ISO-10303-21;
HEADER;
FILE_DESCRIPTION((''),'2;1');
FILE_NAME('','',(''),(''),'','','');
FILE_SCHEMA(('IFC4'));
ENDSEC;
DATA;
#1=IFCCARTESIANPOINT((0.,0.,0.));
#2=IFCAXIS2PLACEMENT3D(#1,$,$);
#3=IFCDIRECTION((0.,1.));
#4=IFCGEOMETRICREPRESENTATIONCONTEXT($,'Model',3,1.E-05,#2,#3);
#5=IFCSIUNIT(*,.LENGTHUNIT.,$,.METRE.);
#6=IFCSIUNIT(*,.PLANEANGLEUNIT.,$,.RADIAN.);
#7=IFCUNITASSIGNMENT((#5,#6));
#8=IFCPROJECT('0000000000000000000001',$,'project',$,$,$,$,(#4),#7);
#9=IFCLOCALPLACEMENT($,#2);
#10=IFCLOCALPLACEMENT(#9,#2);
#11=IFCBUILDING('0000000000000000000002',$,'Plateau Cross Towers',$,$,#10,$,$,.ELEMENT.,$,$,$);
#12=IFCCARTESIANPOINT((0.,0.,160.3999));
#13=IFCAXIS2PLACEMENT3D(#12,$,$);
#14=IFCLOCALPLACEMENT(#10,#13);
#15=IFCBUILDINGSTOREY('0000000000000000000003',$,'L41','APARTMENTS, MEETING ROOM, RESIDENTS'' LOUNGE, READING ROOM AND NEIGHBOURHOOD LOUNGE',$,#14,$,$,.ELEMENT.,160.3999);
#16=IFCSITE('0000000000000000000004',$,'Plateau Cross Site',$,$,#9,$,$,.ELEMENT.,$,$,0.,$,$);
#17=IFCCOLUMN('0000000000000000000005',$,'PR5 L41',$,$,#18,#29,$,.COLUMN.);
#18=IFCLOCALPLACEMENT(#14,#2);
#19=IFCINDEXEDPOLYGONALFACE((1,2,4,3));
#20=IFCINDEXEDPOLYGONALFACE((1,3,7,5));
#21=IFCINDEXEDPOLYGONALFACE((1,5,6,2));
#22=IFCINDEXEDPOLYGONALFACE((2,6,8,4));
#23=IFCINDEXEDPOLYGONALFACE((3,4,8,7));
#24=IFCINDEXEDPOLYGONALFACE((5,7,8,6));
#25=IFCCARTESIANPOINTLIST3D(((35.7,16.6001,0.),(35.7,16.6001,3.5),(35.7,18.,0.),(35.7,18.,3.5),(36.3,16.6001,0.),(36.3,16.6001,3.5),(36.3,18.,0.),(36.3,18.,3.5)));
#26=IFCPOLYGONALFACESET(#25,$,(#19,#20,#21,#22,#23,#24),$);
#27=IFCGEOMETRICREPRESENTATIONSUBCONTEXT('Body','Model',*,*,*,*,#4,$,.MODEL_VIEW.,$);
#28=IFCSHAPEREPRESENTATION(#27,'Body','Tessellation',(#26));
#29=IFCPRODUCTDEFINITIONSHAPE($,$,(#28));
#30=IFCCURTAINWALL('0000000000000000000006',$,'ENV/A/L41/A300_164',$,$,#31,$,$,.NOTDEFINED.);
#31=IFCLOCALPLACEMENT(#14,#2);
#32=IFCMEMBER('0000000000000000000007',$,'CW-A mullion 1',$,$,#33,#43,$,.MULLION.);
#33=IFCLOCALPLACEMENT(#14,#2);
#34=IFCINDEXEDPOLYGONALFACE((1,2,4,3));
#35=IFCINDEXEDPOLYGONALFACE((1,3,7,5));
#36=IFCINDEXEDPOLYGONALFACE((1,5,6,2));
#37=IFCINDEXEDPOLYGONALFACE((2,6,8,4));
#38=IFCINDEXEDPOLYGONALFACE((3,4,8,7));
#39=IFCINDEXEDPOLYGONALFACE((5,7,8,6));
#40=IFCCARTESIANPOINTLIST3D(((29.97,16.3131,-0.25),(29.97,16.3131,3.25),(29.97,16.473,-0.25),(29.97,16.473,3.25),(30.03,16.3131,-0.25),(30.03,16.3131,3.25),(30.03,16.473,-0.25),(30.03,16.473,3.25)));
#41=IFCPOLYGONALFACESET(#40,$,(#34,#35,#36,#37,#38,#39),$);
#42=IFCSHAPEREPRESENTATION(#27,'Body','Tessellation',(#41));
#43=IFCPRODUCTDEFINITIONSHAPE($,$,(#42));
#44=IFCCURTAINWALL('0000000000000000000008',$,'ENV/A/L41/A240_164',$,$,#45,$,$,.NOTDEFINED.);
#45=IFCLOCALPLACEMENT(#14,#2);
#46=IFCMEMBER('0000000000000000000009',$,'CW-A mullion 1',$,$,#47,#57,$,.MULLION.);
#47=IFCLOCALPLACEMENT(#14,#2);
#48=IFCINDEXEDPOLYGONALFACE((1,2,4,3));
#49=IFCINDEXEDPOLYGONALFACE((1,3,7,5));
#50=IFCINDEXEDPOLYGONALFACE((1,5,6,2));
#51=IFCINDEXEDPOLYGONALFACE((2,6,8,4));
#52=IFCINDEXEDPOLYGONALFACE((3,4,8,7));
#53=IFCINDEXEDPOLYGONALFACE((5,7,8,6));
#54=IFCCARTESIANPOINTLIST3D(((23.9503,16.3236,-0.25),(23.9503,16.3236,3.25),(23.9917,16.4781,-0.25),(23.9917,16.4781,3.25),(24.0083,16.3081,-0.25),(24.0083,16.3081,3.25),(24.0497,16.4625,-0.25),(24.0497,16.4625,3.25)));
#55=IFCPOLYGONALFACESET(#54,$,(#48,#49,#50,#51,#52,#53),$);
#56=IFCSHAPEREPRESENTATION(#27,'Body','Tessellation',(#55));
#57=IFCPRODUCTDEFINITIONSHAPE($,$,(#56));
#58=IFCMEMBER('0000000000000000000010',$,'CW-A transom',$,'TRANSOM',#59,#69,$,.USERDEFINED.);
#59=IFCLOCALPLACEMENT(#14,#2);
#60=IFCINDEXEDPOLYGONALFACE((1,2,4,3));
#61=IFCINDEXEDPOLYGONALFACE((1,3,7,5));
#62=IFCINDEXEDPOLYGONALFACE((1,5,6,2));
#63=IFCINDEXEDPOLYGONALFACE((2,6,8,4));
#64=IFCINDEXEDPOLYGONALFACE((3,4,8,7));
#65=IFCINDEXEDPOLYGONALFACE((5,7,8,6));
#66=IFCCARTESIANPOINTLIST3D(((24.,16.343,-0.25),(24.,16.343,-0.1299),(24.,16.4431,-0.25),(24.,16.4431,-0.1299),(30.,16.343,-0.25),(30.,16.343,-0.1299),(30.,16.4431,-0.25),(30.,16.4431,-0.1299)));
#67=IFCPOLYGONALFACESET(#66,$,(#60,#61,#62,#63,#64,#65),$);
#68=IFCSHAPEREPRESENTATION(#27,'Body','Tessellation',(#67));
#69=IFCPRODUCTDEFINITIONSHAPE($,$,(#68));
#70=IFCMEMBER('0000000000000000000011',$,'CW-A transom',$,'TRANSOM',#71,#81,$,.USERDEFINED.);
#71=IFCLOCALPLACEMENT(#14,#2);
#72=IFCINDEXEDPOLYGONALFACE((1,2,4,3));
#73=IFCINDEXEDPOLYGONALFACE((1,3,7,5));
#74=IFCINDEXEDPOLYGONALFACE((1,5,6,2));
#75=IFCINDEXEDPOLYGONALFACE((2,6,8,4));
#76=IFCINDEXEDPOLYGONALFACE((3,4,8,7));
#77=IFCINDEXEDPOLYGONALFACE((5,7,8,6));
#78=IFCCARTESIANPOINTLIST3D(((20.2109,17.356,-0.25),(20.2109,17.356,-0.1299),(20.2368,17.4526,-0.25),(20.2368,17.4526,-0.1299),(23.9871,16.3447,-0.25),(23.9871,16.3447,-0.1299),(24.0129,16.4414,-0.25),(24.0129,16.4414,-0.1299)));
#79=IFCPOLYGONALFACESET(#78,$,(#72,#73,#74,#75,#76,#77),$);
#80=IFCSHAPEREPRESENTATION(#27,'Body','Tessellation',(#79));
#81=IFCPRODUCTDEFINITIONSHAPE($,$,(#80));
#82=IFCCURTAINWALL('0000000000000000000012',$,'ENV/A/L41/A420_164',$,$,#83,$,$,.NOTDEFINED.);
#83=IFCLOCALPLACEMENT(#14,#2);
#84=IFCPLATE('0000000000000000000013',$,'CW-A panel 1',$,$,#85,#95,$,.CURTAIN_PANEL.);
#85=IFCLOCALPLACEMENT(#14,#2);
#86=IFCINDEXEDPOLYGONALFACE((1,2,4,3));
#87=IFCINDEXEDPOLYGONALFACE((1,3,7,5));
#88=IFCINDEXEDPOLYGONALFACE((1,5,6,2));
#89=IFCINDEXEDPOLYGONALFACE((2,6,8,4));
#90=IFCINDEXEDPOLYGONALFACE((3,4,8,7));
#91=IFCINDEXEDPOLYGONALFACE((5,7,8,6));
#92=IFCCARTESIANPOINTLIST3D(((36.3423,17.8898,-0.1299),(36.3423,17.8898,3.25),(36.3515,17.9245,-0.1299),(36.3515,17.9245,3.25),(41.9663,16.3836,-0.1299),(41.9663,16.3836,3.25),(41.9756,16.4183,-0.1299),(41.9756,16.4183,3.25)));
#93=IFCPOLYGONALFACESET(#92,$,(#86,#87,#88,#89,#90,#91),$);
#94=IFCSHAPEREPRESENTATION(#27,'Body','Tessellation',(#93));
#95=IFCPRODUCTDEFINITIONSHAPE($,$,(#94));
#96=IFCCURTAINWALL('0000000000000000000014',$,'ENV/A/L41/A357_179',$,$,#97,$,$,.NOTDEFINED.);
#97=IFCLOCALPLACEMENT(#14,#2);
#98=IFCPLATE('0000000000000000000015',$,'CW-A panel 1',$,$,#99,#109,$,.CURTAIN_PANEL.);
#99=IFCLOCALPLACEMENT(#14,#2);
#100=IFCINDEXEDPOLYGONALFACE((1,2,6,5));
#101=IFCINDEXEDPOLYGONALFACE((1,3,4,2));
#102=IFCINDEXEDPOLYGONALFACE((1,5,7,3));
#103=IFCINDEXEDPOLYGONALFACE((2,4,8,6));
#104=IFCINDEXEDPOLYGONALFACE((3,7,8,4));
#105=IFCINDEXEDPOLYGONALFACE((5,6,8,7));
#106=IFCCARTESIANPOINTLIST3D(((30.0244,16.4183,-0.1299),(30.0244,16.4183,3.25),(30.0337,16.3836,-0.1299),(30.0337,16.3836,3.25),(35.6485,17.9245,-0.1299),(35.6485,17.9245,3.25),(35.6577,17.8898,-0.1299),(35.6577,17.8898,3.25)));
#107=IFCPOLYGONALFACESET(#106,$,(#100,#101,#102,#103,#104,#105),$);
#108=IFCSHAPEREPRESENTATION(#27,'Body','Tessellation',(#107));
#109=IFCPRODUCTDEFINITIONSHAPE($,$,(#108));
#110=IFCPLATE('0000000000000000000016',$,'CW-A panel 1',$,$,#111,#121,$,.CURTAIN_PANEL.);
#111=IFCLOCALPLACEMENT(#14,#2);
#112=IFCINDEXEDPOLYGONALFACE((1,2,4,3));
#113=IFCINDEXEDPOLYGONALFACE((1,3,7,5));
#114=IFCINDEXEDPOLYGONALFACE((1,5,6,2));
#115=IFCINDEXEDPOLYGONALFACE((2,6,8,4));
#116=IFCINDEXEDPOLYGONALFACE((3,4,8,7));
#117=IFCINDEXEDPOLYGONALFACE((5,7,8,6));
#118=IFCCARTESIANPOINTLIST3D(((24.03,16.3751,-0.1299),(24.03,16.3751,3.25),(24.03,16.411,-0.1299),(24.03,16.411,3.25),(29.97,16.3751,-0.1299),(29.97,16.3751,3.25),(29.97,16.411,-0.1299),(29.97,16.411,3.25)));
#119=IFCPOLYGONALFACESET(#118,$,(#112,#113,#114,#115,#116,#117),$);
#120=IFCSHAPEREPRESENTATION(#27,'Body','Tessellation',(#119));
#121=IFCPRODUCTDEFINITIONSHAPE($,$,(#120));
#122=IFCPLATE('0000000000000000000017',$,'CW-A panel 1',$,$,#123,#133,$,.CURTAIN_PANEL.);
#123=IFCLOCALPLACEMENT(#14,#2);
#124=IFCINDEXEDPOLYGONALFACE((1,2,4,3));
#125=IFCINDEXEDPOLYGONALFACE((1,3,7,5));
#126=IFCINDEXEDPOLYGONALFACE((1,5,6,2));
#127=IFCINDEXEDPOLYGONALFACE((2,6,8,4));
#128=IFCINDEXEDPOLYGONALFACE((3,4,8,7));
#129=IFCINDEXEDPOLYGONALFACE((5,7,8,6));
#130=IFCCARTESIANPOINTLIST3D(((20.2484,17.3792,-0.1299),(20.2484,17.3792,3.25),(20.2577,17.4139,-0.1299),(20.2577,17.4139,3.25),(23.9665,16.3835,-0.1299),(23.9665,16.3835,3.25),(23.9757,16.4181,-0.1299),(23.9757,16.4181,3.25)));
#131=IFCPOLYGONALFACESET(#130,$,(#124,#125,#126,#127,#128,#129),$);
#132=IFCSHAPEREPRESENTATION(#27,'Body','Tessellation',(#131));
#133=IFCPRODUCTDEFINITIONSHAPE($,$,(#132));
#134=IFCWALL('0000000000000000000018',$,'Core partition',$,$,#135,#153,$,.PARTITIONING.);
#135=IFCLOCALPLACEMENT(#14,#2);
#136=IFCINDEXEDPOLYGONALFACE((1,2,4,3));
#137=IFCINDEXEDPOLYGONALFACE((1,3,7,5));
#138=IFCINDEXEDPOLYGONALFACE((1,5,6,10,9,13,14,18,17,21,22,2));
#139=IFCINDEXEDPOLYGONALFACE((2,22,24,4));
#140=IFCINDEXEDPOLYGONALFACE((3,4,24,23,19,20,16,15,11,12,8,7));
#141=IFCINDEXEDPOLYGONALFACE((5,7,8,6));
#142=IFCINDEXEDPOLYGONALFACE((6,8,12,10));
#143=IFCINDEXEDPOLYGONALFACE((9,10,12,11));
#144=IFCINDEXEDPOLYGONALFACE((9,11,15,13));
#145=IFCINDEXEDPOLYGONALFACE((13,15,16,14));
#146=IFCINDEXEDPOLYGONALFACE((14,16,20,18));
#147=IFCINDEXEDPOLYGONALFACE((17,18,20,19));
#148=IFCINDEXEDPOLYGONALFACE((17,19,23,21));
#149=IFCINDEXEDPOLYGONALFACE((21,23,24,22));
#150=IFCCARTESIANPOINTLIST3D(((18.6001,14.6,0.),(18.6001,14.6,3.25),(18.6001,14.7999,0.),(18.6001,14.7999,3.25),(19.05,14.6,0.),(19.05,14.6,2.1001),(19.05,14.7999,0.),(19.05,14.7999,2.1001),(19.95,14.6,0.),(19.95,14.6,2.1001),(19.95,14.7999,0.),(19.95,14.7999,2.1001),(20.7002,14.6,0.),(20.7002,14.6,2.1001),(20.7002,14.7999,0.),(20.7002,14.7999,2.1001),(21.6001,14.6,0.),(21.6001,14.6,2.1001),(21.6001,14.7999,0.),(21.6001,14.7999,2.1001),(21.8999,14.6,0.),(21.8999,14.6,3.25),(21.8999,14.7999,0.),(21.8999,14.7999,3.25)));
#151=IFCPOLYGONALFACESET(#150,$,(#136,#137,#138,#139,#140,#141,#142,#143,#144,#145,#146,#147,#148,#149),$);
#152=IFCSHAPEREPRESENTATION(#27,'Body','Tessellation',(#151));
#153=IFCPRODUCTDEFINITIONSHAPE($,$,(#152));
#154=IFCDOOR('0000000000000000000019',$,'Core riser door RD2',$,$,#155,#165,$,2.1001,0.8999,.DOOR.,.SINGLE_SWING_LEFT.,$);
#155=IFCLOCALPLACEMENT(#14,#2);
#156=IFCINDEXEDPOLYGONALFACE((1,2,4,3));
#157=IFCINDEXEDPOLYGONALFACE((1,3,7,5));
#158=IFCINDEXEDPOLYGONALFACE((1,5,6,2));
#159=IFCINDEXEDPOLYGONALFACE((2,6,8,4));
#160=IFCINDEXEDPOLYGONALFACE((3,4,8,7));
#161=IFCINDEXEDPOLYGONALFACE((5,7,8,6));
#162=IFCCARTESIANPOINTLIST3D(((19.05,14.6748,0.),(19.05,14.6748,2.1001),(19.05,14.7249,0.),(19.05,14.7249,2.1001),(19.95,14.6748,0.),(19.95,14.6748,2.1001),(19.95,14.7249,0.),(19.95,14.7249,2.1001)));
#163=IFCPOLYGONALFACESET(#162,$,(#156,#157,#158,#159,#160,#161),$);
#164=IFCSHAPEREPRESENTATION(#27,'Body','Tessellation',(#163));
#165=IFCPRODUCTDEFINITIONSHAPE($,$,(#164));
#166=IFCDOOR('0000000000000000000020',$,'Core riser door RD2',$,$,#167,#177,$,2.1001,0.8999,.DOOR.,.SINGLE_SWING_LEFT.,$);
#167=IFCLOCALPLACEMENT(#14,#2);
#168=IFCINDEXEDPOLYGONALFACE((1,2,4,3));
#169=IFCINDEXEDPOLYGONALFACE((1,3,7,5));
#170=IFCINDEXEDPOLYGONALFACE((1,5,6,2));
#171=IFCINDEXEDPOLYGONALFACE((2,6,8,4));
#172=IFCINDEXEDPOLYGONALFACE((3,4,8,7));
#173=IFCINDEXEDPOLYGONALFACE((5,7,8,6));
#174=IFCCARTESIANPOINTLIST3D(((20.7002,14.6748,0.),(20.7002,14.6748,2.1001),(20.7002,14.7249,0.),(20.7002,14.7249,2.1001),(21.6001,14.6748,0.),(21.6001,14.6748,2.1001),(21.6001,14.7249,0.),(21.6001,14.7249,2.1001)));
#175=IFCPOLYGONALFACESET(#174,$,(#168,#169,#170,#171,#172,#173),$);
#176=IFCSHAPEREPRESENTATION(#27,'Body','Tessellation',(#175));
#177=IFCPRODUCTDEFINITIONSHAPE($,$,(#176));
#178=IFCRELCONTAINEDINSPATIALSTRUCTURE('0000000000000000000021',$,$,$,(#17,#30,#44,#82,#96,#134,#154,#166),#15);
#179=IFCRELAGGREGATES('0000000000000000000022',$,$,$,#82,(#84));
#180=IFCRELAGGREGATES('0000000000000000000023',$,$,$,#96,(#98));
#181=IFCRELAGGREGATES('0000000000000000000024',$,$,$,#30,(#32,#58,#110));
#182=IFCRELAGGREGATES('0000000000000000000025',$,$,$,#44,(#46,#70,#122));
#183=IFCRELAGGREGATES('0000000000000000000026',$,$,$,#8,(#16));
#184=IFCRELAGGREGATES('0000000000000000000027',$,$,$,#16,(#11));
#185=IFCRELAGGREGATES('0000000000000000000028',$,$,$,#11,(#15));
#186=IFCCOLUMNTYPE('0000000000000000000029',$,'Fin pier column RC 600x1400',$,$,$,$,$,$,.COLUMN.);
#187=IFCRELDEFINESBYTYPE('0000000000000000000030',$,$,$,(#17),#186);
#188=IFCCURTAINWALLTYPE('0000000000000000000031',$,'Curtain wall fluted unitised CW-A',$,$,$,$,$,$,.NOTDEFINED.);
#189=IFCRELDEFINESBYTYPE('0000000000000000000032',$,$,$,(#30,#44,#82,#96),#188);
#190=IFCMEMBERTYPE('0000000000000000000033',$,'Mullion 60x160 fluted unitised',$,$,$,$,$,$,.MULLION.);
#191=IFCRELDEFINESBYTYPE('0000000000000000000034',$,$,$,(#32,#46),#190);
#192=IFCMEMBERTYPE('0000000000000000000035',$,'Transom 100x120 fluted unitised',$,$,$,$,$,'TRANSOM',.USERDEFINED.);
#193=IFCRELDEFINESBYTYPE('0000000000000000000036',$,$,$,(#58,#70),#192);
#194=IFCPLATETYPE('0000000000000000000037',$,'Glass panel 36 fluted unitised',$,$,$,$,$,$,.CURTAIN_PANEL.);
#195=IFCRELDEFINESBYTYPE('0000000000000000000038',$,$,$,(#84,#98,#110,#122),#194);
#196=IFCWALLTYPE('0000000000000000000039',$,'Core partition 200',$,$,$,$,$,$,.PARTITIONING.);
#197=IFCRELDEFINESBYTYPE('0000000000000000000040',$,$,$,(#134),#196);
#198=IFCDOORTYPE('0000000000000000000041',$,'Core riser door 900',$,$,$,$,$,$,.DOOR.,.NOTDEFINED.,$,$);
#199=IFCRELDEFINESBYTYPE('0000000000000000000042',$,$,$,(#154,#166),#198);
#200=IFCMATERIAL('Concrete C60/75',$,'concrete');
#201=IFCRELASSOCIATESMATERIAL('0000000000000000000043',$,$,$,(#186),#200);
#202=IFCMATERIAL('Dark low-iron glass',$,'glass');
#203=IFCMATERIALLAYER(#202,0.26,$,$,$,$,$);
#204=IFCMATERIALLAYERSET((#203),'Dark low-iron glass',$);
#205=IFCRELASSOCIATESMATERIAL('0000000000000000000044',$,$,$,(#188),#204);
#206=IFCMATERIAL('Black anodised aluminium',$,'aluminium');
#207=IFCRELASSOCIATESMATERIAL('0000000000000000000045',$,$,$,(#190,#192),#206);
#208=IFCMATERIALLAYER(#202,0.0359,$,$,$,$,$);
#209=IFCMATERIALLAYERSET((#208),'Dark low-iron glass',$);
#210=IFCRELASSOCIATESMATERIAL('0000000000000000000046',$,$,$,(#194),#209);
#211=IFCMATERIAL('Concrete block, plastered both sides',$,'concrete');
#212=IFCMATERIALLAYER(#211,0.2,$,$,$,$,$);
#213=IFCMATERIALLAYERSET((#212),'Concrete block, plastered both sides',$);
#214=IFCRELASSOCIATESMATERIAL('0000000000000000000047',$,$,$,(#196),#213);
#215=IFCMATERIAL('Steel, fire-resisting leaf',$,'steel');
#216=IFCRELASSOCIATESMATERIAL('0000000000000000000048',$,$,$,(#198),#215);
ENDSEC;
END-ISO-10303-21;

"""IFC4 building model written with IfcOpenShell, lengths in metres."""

from ifc_helpers import new_model, si_unit, direction, frame, frame_2d, origin, origin_2d, place, context, subcontext, project, spatial, rectangle, extrude, material, layer, layer_set, material_profile, profile_set, type_object, element, fill, aggregate, save


model = new_model("IFC4")

# Units and contexts
model_context = context("Model", 3, precision=1e-05, world=origin(), true_north=direction((0.0, 1.0)))
body_context = subcontext(model_context, "Body", "Model", "MODEL_VIEW")
ifc_project = project(units=[si_unit("LENGTHUNIT", "METRE"), si_unit("PLANEANGLEUNIT", "RADIAN")], contexts=[model_context])

# Site, building, storey
site_placement = place(None, origin())
site = spatial("IfcSite", under=ifc_project, at=site_placement, Name="Plateau Cross Site", CompositionType="ELEMENT", RefElevation=0.0)
building_placement = place(site_placement, origin())
building = spatial("IfcBuilding", under=site, at=building_placement, Name="Plateau Cross Towers", CompositionType="ELEMENT")
storey_placement = place(building_placement, frame((0.0, 0.0, 160.3999)))
storey = spatial("IfcBuildingStorey", under=building, at=storey_placement, Name="L41", Description="APARTMENTS, MEETING ROOM, RESIDENTS' LOUNGE, READING ROOM AND NEIGHBOURHOOD LOUNGE", CompositionType="ELEMENT", Elevation=160.3999)

# Column
ifc_material_1 = material(Name="Concrete C60/75", Category="concrete")
ifc_material_profile_1 = material_profile(ifc_material_1, rectangle(XDim=0.6001, YDim=1.3999, at=origin_2d()), Name="RC 600x1400")
ifc_profile_set_1 = profile_set([ifc_material_profile_1], Name="Concrete C60/75")
column_type = type_object("IfcColumnType", Name="Fin pier column RC 600x1400", PredefinedType="COLUMN", material=ifc_profile_set_1)
column_placement = place(storey_placement, frame((36.0, 17.3, 0.0), z_axis=(0.0, 0.0, 1.0), x_axis=(1.0, 0.0, 0.0)))
element("IfcColumn", 1, at=column_placement, inside=storey, type_object=column_type, Name="PR5 L41", PredefinedType="COLUMN", context=body_context, shape_type="SweptSolid", body=[
    extrude(rectangle(XDim=0.6001, YDim=1.3999, at=origin_2d()), origin(), (0.0, 0.0, 1.0), 3.5),
])

# Curtain walls, members
ifc_material_2 = material(Name="Dark low-iron glass", Category="glass")
ifc_layer_1 = layer(ifc_material_2, 0.26)
ifc_layer_set_1 = layer_set([ifc_layer_1], Name="Dark low-iron glass")
curtain_wall_type = type_object("IfcCurtainWallType", Name="Curtain wall fluted unitised CW-A", PredefinedType="NOTDEFINED", material=ifc_layer_set_1)
curtain_wall_1_placement = place(storey_placement, origin())
curtain_wall_1 = element("IfcCurtainWall", 2, at=curtain_wall_1_placement, inside=storey, type_object=curtain_wall_type, Name="ENV/A/L41/A300_164", PredefinedType="NOTDEFINED")
ifc_material_3 = material(Name="Black anodised aluminium", Category="aluminium")
ifc_material_profile_2 = material_profile(ifc_material_3, rectangle(XDim=0.0601, YDim=0.1599, at=origin_2d()), Name="MULLION 60x160")
ifc_profile_set_2 = profile_set([ifc_material_profile_2], Name="Black anodised aluminium")
member_type_1 = type_object("IfcMemberType", Name="Mullion 60x160 fluted unitised", PredefinedType="MULLION", material=ifc_profile_set_2)
member_1_placement = place(storey_placement, frame((30.0, 16.3931, -0.25), z_axis=(0.0, 0.0, 1.0), x_axis=(-1.0, 0.0, 0.0)))
member_1 = element("IfcMember", 3, at=member_1_placement, type_object=member_type_1, Name="CW-A mullion 1", PredefinedType="MULLION", context=body_context, shape_type="SweptSolid", body=[
    extrude(rectangle(XDim=0.0601, YDim=0.1599, at=origin_2d()), origin(), (0.0, 0.0, 1.0), 3.5),
])
curtain_wall_2_placement = place(storey_placement, origin())
curtain_wall_2 = element("IfcCurtainWall", 4, at=curtain_wall_2_placement, inside=storey, type_object=curtain_wall_type, Name="ENV/A/L41/A240_164", PredefinedType="NOTDEFINED")
member_2_placement = place(storey_placement, frame((24.0, 16.3931, -0.25), z_axis=(0.0, 0.0, 1.0), x_axis=(-0.965958, 0.258699, 0.0)))
member_2 = element("IfcMember", 5, at=member_2_placement, type_object=member_type_1, Name="CW-A mullion 1", PredefinedType="MULLION", context=body_context, shape_type="SweptSolid", body=[
    extrude(rectangle(XDim=0.0601, YDim=0.1599, at=origin_2d()), origin(), (0.0, 0.0, 1.0), 3.5),
])

# Members
ifc_material_profile_3 = material_profile(ifc_material_3, rectangle(XDim=0.1001, YDim=0.1201, at=origin_2d()), Name="TRANSOM 100x120")
ifc_profile_set_3 = profile_set([ifc_material_profile_3], Name="Black anodised aluminium")
member_type_2 = type_object("IfcMemberType", Name="Transom 100x120 fluted unitised", ElementType="TRANSOM", PredefinedType="USERDEFINED", material=ifc_profile_set_3)
member_3_placement = place(storey_placement, frame((30.0, 16.3931, -0.1899), z_axis=(-1.0, 0.0, 0.0), x_axis=(0.0, -1.0, 0.0)))
member_3 = element("IfcMember", 6, at=member_3_placement, type_object=member_type_2, Name="CW-A transom", ObjectType="TRANSOM", PredefinedType="USERDEFINED", context=body_context, shape_type="SweptSolid", body=[
    extrude(rectangle(XDim=0.1001, YDim=0.1201, at=origin_2d()), origin(), (0.0, 0.0, 1.0), 6.0),
])
member_4_placement = place(storey_placement, frame((24.0, 16.3931, -0.1899), z_axis=(-0.965963, 0.258681, 0.0), x_axis=(-0.258681, -0.965963, 0.0)))
member_4 = element("IfcMember", 7, at=member_4_placement, type_object=member_type_2, Name="CW-A transom", ObjectType="TRANSOM", PredefinedType="USERDEFINED", context=body_context, shape_type="SweptSolid", body=[
    extrude(rectangle(XDim=0.1001, YDim=0.1201, at=origin_2d()), origin(), (0.0, 0.0, 1.0), 3.9092),
])

# Curtain walls, plates
curtain_wall_3_placement = place(storey_placement, origin())
curtain_wall_3 = element("IfcCurtainWall", 8, at=curtain_wall_3_placement, inside=storey, type_object=curtain_wall_type, Name="ENV/A/L41/A420_164", PredefinedType="NOTDEFINED")
ifc_layer_2 = layer(ifc_material_2, 0.0359)
ifc_layer_set_2 = layer_set([ifc_layer_2], Name="Dark low-iron glass")
plate_type = type_object("IfcPlateType", Name="Glass panel 36 fluted unitised", PredefinedType="CURTAIN_PANEL", material=ifc_layer_set_2)
plate_1_placement = place(storey_placement, frame((39.1589, 17.1541, -0.1299), z_axis=(0.0, 0.0, 1.0), x_axis=(-0.965958, 0.258699, 0.0)))
plate_1 = element("IfcPlate", 9, at=plate_1_placement, type_object=plate_type, Name="CW-A panel 1", PredefinedType="CURTAIN_PANEL", context=body_context, shape_type="SweptSolid", body=[
    extrude(rectangle(XDim=5.8223, YDim=0.0359, at=origin_2d()), origin(), (0.0, 0.0, 1.0), 3.3799),
])
aggregate(curtain_wall_3, [plate_1])
curtain_wall_4_placement = place(storey_placement, origin())
curtain_wall_4 = element("IfcCurtainWall", 10, at=curtain_wall_4_placement, inside=storey, type_object=curtain_wall_type, Name="ENV/A/L41/A357_179", PredefinedType="NOTDEFINED")
plate_2_placement = place(storey_placement, frame((32.8411, 17.1541, -0.1299), z_axis=(0.0, 0.0, 1.0), x_axis=(-0.965958, -0.258699, 0.0)))
plate_2 = element("IfcPlate", 11, at=plate_2_placement, type_object=plate_type, Name="CW-A panel 1", PredefinedType="CURTAIN_PANEL", context=body_context, shape_type="SweptSolid", body=[
    extrude(rectangle(XDim=5.8223, YDim=0.0359, at=origin_2d()), origin(), (0.0, 0.0, 1.0), 3.3799),
])
aggregate(curtain_wall_4, [plate_2])

# Plates
plate_3_placement = place(storey_placement, frame((27.0, 16.3931, -0.1299), z_axis=(0.0, 0.0, 1.0), x_axis=(-1.0, 0.0, 0.0)))
plate_3 = element("IfcPlate", 12, at=plate_3_placement, type_object=plate_type, Name="CW-A panel 1", PredefinedType="CURTAIN_PANEL", context=body_context, shape_type="SweptSolid", body=[
    extrude(rectangle(XDim=5.9399, YDim=0.0359, at=origin_2d()), origin(), (0.0, 0.0, 1.0), 3.3799),
])
aggregate(curtain_wall_1, [member_1, member_3, plate_3])
plate_4_placement = place(storey_placement, frame((22.1121, 16.8987, -0.1299), z_axis=(0.0, 0.0, 1.0), x_axis=(-0.965958, 0.258699, 0.0)))
plate_4 = element("IfcPlate", 13, at=plate_4_placement, type_object=plate_type, Name="CW-A panel 1", PredefinedType="CURTAIN_PANEL", context=body_context, shape_type="SweptSolid", body=[
    extrude(rectangle(XDim=3.8491, YDim=0.0359, at=origin_2d()), origin(), (0.0, 0.0, 1.0), 3.3799),
])
aggregate(curtain_wall_2, [member_2, member_4, plate_4])

# Wall, openings, doors
ifc_material_4 = material(Name="Concrete block, plastered both sides", Category="concrete")
ifc_layer_3 = layer(ifc_material_4, 0.2)
ifc_layer_set_3 = layer_set([ifc_layer_3], Name="Concrete block, plastered both sides")
wall_type_1 = type_object("IfcWallType", Name="Core partition 200", PredefinedType="PARTITIONING", material=ifc_layer_set_3)
wall_1_placement = place(storey_placement, frame((18.6001, 14.7, 0.0), z_axis=(0.0, 0.0, 1.0), x_axis=(1.0, 0.0, 0.0)))
wall_1 = element("IfcWall", 14, at=wall_1_placement, inside=storey, type_object=wall_type_1, Name="Core partition", PredefinedType="PARTITIONING", context=body_context, shape_type="SweptSolid", body=[
    extrude(rectangle(XDim=3.2998, YDim=0.2, at=frame_2d((1.6499, 0.0))), origin(), (0.0, 0.0, 1.0), 3.25),
])
opening_1_placement = place(wall_1_placement, frame((0.45, 0.0, 0.0)))
opening_1 = element("IfcOpeningElement", 15, at=opening_1_placement, cuts=wall_1, PredefinedType="OPENING", context=body_context, shape_type="SweptSolid", body=[
    extrude(rectangle(XDim=0.8999, YDim=2.1001, at=frame_2d((0.45, 1.05))), frame((0.0, 0.1099, 0.0), z_axis=(0.0, -1.0, 0.0), x_axis=(1.0, 0.0, 0.0)), (0.0, 0.0, 1.0), 0.22),
])
opening_2_placement = place(wall_1_placement, frame((2.1001, 0.0, 0.0)))
opening_2 = element("IfcOpeningElement", 16, at=opening_2_placement, cuts=wall_1, PredefinedType="OPENING", context=body_context, shape_type="SweptSolid", body=[
    extrude(rectangle(XDim=0.8999, YDim=2.1001, at=frame_2d((0.45, 1.05))), frame((0.0, 0.1099, 0.0), z_axis=(0.0, -1.0, 0.0), x_axis=(1.0, 0.0, 0.0)), (0.0, 0.0, 1.0), 0.22),
])
ifc_material_5 = material(Name="Steel, fire-resisting leaf", Category="steel")
door_type_1 = type_object("IfcDoorType", Name="Core riser door 900", OperationType="NOTDEFINED", PredefinedType="DOOR", material=ifc_material_5)
door_1_placement = place(opening_1_placement, origin())
door_1 = element("IfcDoor", 17, at=door_1_placement, inside=storey, type_object=door_type_1, Name="Core riser door RD2", OperationType="SINGLE_SWING_LEFT", OverallHeight=2.1001, OverallWidth=0.8999, PredefinedType="DOOR", context=body_context, shape_type="SweptSolid", body=[
    extrude(rectangle(XDim=0.8999, YDim=2.1001, at=frame_2d((0.45, 1.05))), frame((0.0, 0.0249, 0.0), z_axis=(0.0, -1.0, 0.0), x_axis=(1.0, 0.0, 0.0)), (0.0, 0.0, 1.0), 0.05),
])
fill(opening_1, door_1)
door_2_placement = place(opening_2_placement, origin())
door_2 = element("IfcDoor", 18, at=door_2_placement, inside=storey, type_object=door_type_1, Name="Core riser door RD2", OperationType="SINGLE_SWING_LEFT", OverallHeight=2.1001, OverallWidth=0.8999, PredefinedType="DOOR", context=body_context, shape_type="SweptSolid", body=[
    extrude(rectangle(XDim=0.8999, YDim=2.1001, at=frame_2d((0.45, 1.05))), frame((0.0, 0.0249, 0.0), z_axis=(0.0, -1.0, 0.0), x_axis=(1.0, 0.0, 0.0)), (0.0, 0.0, 1.0), 0.05),
])
fill(opening_2, door_2)

save(model, "model.ifc")
